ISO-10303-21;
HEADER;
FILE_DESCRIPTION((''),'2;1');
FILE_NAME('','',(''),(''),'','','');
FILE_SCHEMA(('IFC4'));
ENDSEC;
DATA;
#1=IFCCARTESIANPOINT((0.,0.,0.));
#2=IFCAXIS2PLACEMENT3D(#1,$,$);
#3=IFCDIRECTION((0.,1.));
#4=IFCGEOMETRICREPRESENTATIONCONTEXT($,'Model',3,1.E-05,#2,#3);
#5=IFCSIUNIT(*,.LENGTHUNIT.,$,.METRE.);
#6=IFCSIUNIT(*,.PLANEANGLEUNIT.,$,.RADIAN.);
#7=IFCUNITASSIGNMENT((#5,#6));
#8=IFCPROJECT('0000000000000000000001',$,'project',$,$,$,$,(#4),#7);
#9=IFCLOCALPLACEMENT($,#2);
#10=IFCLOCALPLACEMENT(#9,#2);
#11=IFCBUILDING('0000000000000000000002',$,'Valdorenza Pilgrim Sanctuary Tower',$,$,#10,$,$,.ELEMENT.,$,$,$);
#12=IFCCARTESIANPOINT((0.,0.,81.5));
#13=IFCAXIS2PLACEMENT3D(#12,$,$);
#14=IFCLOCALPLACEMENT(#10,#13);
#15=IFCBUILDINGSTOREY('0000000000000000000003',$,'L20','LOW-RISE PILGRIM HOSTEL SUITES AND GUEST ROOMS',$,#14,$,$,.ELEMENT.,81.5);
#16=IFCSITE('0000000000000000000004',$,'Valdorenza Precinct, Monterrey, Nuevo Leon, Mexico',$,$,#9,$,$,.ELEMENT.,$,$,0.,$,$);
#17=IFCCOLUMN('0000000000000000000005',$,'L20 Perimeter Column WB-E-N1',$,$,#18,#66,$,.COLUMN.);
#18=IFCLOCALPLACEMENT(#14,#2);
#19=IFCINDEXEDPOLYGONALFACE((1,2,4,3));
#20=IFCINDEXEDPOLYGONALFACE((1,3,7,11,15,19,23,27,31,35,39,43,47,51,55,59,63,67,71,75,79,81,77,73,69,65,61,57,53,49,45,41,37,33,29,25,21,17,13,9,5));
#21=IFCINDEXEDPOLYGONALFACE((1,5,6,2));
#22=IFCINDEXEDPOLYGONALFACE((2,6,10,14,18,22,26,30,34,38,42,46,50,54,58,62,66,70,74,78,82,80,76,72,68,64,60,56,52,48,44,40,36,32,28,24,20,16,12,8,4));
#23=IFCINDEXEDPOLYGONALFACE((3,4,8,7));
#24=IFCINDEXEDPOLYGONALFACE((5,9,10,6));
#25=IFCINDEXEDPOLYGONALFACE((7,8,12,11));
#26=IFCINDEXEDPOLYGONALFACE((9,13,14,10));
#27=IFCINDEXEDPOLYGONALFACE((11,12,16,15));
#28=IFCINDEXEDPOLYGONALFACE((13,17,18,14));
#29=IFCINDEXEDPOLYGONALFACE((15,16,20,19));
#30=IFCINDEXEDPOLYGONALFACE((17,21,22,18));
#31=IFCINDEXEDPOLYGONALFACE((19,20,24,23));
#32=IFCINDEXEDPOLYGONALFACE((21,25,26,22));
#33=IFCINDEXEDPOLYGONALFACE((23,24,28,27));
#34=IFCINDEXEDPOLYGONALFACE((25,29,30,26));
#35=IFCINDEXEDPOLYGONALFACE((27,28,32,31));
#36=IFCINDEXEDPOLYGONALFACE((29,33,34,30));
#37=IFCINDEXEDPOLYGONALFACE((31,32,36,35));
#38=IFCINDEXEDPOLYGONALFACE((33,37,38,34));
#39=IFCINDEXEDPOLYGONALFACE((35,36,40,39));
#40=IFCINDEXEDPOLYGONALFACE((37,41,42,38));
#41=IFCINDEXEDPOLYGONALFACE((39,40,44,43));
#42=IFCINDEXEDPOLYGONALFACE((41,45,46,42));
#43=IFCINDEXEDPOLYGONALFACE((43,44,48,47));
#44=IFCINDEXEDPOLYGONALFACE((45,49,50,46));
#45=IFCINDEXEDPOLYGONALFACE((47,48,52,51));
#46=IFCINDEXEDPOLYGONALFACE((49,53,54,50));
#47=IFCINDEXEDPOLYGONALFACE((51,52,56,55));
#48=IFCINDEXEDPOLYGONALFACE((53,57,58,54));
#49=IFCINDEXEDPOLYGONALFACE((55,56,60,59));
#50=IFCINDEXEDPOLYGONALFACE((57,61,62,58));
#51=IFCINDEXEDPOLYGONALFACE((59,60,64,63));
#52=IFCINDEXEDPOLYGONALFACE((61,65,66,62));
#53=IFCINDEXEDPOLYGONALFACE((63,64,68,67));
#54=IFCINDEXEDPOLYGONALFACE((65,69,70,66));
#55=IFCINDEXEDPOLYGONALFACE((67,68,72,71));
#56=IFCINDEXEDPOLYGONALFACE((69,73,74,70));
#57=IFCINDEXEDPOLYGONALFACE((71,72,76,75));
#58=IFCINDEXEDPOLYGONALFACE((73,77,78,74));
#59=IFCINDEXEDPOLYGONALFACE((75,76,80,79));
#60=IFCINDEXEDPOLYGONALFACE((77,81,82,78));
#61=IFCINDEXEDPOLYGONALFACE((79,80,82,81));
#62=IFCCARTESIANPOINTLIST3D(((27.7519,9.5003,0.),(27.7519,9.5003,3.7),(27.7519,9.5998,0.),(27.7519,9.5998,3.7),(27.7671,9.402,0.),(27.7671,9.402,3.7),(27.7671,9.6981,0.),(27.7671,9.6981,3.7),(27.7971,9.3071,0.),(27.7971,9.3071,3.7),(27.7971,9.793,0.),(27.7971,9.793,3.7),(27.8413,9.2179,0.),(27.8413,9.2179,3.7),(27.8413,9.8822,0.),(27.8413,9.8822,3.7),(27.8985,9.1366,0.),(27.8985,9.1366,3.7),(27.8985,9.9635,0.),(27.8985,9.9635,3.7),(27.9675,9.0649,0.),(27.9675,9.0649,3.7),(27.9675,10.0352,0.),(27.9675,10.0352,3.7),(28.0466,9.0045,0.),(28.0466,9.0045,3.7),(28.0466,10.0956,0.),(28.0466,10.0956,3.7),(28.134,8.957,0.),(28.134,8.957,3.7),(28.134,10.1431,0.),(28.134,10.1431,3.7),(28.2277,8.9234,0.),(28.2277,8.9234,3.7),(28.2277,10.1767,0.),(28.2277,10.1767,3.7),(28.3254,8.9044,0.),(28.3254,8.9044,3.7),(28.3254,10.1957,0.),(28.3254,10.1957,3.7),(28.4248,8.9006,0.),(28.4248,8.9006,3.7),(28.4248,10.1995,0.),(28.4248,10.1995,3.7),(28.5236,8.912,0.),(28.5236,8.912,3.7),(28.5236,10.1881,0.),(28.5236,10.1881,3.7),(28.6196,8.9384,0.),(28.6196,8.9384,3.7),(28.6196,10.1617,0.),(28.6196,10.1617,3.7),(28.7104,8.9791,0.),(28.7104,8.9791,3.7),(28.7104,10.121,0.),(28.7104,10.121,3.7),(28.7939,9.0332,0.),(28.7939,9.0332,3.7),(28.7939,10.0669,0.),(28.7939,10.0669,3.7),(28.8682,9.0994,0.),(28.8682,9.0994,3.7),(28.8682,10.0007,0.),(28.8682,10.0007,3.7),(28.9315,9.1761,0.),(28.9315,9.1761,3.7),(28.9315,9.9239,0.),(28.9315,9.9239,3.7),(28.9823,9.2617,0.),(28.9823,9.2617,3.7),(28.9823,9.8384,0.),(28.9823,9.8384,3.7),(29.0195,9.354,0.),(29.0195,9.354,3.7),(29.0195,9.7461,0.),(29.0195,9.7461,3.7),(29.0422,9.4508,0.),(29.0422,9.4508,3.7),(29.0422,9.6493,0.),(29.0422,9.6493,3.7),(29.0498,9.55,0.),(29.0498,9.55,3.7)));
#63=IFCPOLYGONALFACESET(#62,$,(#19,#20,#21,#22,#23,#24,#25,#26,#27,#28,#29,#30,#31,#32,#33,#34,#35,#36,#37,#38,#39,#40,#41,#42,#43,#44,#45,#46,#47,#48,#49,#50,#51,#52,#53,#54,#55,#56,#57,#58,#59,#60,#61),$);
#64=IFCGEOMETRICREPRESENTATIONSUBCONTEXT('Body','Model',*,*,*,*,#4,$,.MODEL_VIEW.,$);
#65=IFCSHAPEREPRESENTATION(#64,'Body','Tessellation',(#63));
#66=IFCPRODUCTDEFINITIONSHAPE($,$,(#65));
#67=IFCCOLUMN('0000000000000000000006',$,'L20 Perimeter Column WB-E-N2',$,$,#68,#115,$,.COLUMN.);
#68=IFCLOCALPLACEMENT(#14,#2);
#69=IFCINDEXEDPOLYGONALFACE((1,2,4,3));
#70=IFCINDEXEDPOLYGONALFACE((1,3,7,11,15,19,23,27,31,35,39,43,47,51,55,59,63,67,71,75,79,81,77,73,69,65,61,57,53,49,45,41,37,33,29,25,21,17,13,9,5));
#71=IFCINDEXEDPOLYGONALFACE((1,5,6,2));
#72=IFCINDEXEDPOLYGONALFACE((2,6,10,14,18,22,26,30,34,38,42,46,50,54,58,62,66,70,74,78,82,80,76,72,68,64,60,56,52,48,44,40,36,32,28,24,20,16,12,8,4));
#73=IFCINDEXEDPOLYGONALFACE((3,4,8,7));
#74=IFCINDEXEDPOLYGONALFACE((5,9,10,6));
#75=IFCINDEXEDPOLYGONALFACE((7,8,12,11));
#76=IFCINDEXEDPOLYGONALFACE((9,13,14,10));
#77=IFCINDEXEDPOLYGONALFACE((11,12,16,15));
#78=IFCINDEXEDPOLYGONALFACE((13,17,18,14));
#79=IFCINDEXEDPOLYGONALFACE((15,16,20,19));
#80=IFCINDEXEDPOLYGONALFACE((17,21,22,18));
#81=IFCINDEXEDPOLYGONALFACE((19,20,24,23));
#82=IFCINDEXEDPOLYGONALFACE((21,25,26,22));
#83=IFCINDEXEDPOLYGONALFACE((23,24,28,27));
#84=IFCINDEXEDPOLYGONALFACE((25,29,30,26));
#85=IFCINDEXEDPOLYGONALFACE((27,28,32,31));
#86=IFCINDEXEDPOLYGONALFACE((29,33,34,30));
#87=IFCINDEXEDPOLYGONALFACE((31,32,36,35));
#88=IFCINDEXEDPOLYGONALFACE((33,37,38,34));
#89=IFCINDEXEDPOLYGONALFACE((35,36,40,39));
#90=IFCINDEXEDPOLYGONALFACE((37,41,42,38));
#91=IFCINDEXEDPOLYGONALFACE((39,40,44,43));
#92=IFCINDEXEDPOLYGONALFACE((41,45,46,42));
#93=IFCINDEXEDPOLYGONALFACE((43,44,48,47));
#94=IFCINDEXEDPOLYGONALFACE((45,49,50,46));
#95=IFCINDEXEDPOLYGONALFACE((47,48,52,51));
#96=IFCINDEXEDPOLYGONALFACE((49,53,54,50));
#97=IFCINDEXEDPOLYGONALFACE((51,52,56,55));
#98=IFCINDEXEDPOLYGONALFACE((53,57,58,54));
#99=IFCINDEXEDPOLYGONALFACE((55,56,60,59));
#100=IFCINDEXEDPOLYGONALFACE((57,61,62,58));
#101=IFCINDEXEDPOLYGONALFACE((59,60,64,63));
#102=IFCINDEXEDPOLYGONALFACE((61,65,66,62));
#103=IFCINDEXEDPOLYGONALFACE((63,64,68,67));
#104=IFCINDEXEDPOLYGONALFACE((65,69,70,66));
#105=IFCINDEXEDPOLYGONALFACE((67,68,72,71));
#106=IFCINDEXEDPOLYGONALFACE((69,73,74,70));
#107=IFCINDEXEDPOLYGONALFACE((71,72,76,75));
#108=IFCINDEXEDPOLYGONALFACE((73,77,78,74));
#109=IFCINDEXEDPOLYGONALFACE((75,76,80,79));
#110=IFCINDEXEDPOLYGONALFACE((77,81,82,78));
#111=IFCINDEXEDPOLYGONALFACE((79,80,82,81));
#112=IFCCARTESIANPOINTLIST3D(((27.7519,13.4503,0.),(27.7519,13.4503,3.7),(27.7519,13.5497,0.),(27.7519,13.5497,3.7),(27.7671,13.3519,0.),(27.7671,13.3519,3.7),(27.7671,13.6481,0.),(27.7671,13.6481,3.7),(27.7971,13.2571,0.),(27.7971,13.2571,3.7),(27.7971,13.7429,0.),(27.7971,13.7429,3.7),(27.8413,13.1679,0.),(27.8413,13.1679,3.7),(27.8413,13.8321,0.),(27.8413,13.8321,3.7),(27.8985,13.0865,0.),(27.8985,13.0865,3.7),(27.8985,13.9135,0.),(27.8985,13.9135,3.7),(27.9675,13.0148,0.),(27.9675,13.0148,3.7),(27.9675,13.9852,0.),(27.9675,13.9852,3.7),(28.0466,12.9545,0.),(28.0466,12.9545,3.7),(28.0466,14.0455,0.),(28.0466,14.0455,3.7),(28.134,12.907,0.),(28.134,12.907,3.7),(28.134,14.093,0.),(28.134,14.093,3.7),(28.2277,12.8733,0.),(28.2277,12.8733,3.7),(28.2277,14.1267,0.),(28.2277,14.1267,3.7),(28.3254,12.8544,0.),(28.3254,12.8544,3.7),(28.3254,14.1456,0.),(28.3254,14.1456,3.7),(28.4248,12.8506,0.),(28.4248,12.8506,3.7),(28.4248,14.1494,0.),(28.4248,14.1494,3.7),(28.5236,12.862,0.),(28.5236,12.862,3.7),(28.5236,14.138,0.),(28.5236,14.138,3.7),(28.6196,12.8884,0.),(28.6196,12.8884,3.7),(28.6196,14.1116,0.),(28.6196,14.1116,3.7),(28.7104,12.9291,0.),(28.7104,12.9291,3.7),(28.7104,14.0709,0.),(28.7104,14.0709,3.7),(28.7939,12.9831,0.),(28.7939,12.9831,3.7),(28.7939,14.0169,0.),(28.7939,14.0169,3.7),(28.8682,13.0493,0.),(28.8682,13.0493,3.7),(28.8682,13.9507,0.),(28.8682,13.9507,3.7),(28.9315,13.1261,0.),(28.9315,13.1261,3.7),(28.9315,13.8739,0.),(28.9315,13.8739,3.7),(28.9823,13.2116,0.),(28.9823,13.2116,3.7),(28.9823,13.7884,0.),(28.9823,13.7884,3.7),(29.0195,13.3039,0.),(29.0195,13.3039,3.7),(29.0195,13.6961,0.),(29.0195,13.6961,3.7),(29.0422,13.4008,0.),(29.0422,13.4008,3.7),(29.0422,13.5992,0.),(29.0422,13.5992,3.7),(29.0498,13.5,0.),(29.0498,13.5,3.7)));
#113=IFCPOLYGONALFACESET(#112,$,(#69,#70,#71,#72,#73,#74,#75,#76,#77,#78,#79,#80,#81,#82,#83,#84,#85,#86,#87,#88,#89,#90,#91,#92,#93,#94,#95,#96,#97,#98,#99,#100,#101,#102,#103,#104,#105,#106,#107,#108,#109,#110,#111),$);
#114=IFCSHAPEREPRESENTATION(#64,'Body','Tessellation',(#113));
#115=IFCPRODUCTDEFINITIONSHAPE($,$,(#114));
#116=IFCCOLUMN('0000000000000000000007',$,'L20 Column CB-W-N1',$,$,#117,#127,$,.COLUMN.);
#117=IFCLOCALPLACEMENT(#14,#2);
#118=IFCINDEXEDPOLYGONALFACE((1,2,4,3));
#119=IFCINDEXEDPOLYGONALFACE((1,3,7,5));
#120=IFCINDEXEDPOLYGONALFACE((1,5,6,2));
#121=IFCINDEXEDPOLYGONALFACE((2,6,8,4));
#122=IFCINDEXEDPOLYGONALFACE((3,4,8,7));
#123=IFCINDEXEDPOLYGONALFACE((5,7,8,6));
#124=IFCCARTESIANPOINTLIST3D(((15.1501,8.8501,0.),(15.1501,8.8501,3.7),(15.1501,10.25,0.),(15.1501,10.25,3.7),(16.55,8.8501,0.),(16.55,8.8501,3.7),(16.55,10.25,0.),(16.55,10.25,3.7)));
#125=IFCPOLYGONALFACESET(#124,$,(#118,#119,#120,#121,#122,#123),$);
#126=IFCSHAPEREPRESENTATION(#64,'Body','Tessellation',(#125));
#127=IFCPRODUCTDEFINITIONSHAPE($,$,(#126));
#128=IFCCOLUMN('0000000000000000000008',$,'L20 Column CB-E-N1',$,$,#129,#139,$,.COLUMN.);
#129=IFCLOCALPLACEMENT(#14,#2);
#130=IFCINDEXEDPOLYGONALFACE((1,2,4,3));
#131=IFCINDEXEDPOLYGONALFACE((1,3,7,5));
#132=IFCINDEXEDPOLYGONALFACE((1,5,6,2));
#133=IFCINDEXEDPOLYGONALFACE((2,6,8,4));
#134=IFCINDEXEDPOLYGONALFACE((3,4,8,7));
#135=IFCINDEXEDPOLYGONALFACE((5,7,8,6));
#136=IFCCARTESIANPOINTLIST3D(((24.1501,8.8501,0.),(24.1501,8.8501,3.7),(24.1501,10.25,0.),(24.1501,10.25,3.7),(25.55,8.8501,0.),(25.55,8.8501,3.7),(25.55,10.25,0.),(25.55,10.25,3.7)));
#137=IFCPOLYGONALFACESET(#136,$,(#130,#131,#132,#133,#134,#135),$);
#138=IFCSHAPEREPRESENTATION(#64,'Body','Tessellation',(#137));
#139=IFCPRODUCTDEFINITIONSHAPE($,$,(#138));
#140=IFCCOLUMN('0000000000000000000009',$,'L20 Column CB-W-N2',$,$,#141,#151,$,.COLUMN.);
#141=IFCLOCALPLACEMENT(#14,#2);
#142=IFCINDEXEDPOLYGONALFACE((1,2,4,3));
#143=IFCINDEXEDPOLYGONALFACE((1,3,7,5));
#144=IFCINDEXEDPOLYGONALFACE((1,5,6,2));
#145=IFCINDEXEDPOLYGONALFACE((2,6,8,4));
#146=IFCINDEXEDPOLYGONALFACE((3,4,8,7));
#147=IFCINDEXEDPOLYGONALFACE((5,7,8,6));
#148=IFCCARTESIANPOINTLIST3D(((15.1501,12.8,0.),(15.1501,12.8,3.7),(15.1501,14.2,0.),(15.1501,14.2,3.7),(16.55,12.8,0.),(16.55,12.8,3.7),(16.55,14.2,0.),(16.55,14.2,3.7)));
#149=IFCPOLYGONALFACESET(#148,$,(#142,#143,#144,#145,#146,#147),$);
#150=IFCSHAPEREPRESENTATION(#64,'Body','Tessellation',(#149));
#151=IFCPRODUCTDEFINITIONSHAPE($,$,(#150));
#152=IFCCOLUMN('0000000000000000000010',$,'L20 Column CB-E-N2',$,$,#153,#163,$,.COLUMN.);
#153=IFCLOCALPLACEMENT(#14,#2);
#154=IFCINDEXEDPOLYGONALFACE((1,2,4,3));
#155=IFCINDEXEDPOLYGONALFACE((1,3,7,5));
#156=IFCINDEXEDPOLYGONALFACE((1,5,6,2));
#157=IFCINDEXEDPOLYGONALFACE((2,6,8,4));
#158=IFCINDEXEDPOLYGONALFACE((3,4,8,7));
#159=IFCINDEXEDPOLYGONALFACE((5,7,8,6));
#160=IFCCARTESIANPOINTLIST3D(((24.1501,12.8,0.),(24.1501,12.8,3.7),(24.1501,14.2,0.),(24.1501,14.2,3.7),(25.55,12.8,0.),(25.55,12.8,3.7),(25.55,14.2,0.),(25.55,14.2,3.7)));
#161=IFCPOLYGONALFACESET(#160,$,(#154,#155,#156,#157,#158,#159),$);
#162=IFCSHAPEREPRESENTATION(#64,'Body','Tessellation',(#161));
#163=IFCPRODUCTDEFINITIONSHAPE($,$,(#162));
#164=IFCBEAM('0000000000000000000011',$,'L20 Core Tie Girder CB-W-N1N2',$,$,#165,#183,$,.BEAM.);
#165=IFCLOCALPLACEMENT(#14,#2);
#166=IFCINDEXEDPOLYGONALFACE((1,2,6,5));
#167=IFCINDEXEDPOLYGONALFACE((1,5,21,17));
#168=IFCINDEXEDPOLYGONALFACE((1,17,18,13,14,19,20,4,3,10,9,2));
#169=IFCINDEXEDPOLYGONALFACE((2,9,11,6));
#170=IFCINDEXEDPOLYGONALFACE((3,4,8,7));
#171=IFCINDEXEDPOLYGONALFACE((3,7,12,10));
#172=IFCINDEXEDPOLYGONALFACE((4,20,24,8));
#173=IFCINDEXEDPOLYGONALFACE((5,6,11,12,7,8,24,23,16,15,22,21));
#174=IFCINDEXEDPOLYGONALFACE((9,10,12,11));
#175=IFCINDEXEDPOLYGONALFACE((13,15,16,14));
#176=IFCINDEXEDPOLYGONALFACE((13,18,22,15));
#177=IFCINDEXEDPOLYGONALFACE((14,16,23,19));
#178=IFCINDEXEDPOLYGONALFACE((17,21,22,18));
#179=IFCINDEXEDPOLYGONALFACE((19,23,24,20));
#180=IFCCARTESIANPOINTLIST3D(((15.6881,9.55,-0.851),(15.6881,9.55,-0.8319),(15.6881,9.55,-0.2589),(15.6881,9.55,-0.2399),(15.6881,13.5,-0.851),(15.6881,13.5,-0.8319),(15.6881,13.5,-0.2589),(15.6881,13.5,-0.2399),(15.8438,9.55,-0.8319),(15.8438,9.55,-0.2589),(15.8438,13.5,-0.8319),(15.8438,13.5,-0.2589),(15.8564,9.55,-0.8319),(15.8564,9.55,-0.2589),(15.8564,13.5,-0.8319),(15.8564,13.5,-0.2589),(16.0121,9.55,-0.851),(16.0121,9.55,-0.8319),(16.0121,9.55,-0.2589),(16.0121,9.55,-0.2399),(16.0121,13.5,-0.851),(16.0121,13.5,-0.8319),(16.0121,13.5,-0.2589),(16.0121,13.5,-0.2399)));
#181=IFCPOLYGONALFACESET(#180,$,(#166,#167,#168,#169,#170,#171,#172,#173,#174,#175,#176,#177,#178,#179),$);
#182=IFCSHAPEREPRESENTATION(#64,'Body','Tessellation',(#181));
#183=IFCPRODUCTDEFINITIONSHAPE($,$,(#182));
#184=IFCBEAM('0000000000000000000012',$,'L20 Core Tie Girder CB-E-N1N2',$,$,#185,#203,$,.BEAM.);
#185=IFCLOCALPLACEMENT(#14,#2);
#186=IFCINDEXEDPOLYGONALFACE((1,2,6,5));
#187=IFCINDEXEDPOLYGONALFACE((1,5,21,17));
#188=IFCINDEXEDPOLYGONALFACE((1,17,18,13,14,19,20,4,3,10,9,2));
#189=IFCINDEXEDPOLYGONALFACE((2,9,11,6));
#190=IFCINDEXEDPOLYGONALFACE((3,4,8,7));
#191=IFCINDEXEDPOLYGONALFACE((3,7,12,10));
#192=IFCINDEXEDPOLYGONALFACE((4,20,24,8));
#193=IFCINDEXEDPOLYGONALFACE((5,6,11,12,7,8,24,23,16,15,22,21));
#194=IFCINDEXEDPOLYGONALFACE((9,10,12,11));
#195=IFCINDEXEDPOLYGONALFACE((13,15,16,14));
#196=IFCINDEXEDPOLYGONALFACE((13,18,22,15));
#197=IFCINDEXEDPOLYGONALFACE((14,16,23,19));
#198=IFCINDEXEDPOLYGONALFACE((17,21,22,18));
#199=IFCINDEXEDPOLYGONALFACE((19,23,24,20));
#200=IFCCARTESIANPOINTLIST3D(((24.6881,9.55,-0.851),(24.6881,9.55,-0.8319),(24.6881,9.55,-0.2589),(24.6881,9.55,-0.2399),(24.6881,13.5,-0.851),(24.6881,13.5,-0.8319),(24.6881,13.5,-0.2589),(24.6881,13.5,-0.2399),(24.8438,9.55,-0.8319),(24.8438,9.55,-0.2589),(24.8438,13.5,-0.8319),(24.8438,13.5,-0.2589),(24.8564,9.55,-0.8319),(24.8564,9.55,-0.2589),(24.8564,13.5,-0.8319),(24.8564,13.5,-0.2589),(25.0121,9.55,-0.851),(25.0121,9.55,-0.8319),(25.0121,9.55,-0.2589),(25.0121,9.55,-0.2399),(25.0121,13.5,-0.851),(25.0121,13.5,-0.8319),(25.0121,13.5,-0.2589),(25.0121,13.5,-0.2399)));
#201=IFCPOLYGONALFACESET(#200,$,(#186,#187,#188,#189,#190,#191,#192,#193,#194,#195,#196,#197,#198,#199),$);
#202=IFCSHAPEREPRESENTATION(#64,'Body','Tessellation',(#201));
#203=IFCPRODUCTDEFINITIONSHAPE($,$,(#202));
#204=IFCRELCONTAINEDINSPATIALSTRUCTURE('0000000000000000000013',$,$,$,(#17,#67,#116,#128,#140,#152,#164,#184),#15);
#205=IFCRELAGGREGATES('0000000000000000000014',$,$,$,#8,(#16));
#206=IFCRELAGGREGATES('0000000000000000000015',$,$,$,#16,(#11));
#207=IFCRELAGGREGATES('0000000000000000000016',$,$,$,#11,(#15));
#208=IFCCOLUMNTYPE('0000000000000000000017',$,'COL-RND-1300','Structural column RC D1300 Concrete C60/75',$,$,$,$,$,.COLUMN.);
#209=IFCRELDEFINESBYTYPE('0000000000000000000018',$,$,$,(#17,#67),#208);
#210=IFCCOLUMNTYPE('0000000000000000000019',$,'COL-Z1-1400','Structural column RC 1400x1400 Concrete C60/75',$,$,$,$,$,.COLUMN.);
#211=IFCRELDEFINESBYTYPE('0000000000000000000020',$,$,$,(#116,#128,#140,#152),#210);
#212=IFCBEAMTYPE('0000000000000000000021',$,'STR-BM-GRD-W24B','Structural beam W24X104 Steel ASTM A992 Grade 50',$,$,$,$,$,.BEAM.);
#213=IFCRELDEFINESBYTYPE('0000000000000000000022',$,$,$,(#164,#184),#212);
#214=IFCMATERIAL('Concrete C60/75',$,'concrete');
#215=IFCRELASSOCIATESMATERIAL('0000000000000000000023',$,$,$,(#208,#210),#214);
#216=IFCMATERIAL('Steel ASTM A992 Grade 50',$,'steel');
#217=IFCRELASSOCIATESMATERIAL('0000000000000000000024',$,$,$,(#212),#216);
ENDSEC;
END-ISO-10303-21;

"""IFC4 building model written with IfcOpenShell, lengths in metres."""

from ifc_helpers import new_model, si_unit, direction, frame, origin, origin_2d, place, context, subcontext, project, spatial, rectangle, circle, i_section, extrude, source, transform, mapped, material, material_profile, profile_set, type_object, element, save


model = new_model("IFC4")

# Units and contexts
model_context = context("Model", 3, precision=1e-05, world=origin(), true_north=direction((0.0, 1.0)))
body_context = subcontext(model_context, "Body", "Model", "MODEL_VIEW")
ifc_project = project(units=[si_unit("LENGTHUNIT", "METRE"), si_unit("PLANEANGLEUNIT", "RADIAN")], contexts=[model_context])

# Site, building, storey
site_placement = place(None, origin())
site = spatial("IfcSite", under=ifc_project, at=site_placement, Name="Valdorenza Precinct, Monterrey, Nuevo Leon, Mexico", CompositionType="ELEMENT", RefElevation=0.0)
building_placement = place(site_placement, origin())
building = spatial("IfcBuilding", under=site, at=building_placement, Name="Valdorenza Pilgrim Sanctuary Tower", CompositionType="ELEMENT")
storey_placement = place(building_placement, frame((0.0, 0.0, 81.5)))
storey = spatial("IfcBuildingStorey", under=building, at=storey_placement, Name="L20", Description="LOW-RISE PILGRIM HOSTEL SUITES AND GUEST ROOMS", CompositionType="ELEMENT", Elevation=81.5)

# Columns
ifc_material_1 = material(Name="Concrete C60/75", Category="concrete")
ifc_material_profile_1 = material_profile(ifc_material_1, circle(Radius=0.6499, at=origin_2d()), Name="RC D1300")
ifc_profile_set_1 = profile_set([ifc_material_profile_1], Name="Concrete C60/75")
column_type_1 = type_object("IfcColumnType", Name="COL-RND-1300", Description="Structural column RC D1300 Concrete C60/75", PredefinedType="COLUMN", material=ifc_profile_set_1)
shared_shape_1 = source(origin(), body_context, "Body", "SweptSolid", [
    extrude(circle(Radius=0.6499, at=origin_2d()), origin(), (0.0, 0.0, 1.0), 3.7),
])
for number, where, z_axis, x_axis, name in (
    (1, (28.3999, 9.55, 0.0), (0.0, 0.0, 1.0), (1.0, 0.0, 0.0), "L20 Perimeter Column WB-E-N1"),
    (2, (28.3999, 13.5, 0.0), (0.0, 0.0, 1.0), (1.0, 0.0, 0.0), "L20 Perimeter Column WB-E-N2"),
):
    element("IfcColumn", number, at=place(storey_placement, frame(where, z_axis=z_axis, x_axis=x_axis)), inside=storey, type_object=column_type_1, Name=name, PredefinedType="COLUMN", context=body_context, shape_type="MappedRepresentation", body=[
        mapped(shared_shape_1, transform((0.0, 0.0, 0.0), x_axis=(1.0, 0.0, 0.0), y_axis=(0.0, 1.0, 0.0), z_axis=(0.0, 0.0, 1.0), scale=1.0)),
    ])
ifc_material_profile_2 = material_profile(ifc_material_1, rectangle(XDim=1.3999, YDim=1.3999, at=origin_2d()), Name="RC 1400x1400")
ifc_profile_set_2 = profile_set([ifc_material_profile_2], Name="Concrete C60/75")
column_type_2 = type_object("IfcColumnType", Name="COL-Z1-1400", Description="Structural column RC 1400x1400 Concrete C60/75", PredefinedType="COLUMN", material=ifc_profile_set_2)
shared_shape_2 = source(origin(), body_context, "Body", "SweptSolid", [
    extrude(rectangle(XDim=1.3999, YDim=1.3999, at=origin_2d()), origin(), (0.0, 0.0, 1.0), 3.7),
])
for number, where, z_axis, x_axis, name in (
    (3, (15.8501, 9.55, 0.0), (0.0, 0.0, 1.0), (1.0, 0.0, 0.0), "L20 Column CB-W-N1"),
    (4, (24.8501, 9.55, 0.0), (0.0, 0.0, 1.0), (1.0, 0.0, 0.0), "L20 Column CB-E-N1"),
    (5, (15.8501, 13.5, 0.0), (0.0, 0.0, 1.0), (1.0, 0.0, 0.0), "L20 Column CB-W-N2"),
    (6, (24.8501, 13.5, 0.0), (0.0, 0.0, 1.0), (1.0, 0.0, 0.0), "L20 Column CB-E-N2"),
):
    element("IfcColumn", number, at=place(storey_placement, frame(where, z_axis=z_axis, x_axis=x_axis)), inside=storey, type_object=column_type_2, Name=name, PredefinedType="COLUMN", context=body_context, shape_type="MappedRepresentation", body=[
        mapped(shared_shape_2, transform((0.0, 0.0, 0.0), x_axis=(1.0, 0.0, 0.0), y_axis=(0.0, 1.0, 0.0), z_axis=(0.0, 0.0, 1.0), scale=1.0)),
    ])

# Beams
ifc_material_2 = material(Name="Steel ASTM A992 Grade 50", Category="steel")
ifc_material_profile_3 = material_profile(ifc_material_2, i_section(OverallWidth=0.324, OverallDepth=0.6111, WebThickness=0.0127, FlangeThickness=0.019, at=origin_2d()), Name="W24X104")
ifc_profile_set_3 = profile_set([ifc_material_profile_3], Name="Steel ASTM A992 Grade 50")
beam_type_1 = type_object("IfcBeamType", Name="STR-BM-GRD-W24B", Description="Structural beam W24X104 Steel ASTM A992 Grade 50", PredefinedType="BEAM", material=ifc_profile_set_3)
shared_shape_3 = source(origin(), body_context, "Body", "SweptSolid", [
    extrude(i_section(OverallWidth=0.324, OverallDepth=0.6111, WebThickness=0.0127, FlangeThickness=0.019, at=origin_2d()), origin(), (0.0, 0.0, 1.0), 3.95),
])
for number, where, z_axis, x_axis, name in (
    (7, (15.8501, 9.55, -0.5454), (0.0, 1.0, 0.0), (-1.0, 0.0, 0.0), "L20 Core Tie Girder CB-W-N1N2"),
    (8, (24.8501, 9.55, -0.5454), (0.0, 1.0, 0.0), (-1.0, 0.0, 0.0), "L20 Core Tie Girder CB-E-N1N2"),
):
    element("IfcBeam", number, at=place(storey_placement, frame(where, z_axis=z_axis, x_axis=x_axis)), inside=storey, type_object=beam_type_1, Name=name, PredefinedType="BEAM", context=body_context, shape_type="MappedRepresentation", body=[
        mapped(shared_shape_3, transform((0.0, 0.0, 0.0), x_axis=(1.0, 0.0, 0.0), y_axis=(0.0, 1.0, 0.0), z_axis=(0.0, 0.0, 1.0), scale=1.0)),
    ])

save(model, "model.ifc")
